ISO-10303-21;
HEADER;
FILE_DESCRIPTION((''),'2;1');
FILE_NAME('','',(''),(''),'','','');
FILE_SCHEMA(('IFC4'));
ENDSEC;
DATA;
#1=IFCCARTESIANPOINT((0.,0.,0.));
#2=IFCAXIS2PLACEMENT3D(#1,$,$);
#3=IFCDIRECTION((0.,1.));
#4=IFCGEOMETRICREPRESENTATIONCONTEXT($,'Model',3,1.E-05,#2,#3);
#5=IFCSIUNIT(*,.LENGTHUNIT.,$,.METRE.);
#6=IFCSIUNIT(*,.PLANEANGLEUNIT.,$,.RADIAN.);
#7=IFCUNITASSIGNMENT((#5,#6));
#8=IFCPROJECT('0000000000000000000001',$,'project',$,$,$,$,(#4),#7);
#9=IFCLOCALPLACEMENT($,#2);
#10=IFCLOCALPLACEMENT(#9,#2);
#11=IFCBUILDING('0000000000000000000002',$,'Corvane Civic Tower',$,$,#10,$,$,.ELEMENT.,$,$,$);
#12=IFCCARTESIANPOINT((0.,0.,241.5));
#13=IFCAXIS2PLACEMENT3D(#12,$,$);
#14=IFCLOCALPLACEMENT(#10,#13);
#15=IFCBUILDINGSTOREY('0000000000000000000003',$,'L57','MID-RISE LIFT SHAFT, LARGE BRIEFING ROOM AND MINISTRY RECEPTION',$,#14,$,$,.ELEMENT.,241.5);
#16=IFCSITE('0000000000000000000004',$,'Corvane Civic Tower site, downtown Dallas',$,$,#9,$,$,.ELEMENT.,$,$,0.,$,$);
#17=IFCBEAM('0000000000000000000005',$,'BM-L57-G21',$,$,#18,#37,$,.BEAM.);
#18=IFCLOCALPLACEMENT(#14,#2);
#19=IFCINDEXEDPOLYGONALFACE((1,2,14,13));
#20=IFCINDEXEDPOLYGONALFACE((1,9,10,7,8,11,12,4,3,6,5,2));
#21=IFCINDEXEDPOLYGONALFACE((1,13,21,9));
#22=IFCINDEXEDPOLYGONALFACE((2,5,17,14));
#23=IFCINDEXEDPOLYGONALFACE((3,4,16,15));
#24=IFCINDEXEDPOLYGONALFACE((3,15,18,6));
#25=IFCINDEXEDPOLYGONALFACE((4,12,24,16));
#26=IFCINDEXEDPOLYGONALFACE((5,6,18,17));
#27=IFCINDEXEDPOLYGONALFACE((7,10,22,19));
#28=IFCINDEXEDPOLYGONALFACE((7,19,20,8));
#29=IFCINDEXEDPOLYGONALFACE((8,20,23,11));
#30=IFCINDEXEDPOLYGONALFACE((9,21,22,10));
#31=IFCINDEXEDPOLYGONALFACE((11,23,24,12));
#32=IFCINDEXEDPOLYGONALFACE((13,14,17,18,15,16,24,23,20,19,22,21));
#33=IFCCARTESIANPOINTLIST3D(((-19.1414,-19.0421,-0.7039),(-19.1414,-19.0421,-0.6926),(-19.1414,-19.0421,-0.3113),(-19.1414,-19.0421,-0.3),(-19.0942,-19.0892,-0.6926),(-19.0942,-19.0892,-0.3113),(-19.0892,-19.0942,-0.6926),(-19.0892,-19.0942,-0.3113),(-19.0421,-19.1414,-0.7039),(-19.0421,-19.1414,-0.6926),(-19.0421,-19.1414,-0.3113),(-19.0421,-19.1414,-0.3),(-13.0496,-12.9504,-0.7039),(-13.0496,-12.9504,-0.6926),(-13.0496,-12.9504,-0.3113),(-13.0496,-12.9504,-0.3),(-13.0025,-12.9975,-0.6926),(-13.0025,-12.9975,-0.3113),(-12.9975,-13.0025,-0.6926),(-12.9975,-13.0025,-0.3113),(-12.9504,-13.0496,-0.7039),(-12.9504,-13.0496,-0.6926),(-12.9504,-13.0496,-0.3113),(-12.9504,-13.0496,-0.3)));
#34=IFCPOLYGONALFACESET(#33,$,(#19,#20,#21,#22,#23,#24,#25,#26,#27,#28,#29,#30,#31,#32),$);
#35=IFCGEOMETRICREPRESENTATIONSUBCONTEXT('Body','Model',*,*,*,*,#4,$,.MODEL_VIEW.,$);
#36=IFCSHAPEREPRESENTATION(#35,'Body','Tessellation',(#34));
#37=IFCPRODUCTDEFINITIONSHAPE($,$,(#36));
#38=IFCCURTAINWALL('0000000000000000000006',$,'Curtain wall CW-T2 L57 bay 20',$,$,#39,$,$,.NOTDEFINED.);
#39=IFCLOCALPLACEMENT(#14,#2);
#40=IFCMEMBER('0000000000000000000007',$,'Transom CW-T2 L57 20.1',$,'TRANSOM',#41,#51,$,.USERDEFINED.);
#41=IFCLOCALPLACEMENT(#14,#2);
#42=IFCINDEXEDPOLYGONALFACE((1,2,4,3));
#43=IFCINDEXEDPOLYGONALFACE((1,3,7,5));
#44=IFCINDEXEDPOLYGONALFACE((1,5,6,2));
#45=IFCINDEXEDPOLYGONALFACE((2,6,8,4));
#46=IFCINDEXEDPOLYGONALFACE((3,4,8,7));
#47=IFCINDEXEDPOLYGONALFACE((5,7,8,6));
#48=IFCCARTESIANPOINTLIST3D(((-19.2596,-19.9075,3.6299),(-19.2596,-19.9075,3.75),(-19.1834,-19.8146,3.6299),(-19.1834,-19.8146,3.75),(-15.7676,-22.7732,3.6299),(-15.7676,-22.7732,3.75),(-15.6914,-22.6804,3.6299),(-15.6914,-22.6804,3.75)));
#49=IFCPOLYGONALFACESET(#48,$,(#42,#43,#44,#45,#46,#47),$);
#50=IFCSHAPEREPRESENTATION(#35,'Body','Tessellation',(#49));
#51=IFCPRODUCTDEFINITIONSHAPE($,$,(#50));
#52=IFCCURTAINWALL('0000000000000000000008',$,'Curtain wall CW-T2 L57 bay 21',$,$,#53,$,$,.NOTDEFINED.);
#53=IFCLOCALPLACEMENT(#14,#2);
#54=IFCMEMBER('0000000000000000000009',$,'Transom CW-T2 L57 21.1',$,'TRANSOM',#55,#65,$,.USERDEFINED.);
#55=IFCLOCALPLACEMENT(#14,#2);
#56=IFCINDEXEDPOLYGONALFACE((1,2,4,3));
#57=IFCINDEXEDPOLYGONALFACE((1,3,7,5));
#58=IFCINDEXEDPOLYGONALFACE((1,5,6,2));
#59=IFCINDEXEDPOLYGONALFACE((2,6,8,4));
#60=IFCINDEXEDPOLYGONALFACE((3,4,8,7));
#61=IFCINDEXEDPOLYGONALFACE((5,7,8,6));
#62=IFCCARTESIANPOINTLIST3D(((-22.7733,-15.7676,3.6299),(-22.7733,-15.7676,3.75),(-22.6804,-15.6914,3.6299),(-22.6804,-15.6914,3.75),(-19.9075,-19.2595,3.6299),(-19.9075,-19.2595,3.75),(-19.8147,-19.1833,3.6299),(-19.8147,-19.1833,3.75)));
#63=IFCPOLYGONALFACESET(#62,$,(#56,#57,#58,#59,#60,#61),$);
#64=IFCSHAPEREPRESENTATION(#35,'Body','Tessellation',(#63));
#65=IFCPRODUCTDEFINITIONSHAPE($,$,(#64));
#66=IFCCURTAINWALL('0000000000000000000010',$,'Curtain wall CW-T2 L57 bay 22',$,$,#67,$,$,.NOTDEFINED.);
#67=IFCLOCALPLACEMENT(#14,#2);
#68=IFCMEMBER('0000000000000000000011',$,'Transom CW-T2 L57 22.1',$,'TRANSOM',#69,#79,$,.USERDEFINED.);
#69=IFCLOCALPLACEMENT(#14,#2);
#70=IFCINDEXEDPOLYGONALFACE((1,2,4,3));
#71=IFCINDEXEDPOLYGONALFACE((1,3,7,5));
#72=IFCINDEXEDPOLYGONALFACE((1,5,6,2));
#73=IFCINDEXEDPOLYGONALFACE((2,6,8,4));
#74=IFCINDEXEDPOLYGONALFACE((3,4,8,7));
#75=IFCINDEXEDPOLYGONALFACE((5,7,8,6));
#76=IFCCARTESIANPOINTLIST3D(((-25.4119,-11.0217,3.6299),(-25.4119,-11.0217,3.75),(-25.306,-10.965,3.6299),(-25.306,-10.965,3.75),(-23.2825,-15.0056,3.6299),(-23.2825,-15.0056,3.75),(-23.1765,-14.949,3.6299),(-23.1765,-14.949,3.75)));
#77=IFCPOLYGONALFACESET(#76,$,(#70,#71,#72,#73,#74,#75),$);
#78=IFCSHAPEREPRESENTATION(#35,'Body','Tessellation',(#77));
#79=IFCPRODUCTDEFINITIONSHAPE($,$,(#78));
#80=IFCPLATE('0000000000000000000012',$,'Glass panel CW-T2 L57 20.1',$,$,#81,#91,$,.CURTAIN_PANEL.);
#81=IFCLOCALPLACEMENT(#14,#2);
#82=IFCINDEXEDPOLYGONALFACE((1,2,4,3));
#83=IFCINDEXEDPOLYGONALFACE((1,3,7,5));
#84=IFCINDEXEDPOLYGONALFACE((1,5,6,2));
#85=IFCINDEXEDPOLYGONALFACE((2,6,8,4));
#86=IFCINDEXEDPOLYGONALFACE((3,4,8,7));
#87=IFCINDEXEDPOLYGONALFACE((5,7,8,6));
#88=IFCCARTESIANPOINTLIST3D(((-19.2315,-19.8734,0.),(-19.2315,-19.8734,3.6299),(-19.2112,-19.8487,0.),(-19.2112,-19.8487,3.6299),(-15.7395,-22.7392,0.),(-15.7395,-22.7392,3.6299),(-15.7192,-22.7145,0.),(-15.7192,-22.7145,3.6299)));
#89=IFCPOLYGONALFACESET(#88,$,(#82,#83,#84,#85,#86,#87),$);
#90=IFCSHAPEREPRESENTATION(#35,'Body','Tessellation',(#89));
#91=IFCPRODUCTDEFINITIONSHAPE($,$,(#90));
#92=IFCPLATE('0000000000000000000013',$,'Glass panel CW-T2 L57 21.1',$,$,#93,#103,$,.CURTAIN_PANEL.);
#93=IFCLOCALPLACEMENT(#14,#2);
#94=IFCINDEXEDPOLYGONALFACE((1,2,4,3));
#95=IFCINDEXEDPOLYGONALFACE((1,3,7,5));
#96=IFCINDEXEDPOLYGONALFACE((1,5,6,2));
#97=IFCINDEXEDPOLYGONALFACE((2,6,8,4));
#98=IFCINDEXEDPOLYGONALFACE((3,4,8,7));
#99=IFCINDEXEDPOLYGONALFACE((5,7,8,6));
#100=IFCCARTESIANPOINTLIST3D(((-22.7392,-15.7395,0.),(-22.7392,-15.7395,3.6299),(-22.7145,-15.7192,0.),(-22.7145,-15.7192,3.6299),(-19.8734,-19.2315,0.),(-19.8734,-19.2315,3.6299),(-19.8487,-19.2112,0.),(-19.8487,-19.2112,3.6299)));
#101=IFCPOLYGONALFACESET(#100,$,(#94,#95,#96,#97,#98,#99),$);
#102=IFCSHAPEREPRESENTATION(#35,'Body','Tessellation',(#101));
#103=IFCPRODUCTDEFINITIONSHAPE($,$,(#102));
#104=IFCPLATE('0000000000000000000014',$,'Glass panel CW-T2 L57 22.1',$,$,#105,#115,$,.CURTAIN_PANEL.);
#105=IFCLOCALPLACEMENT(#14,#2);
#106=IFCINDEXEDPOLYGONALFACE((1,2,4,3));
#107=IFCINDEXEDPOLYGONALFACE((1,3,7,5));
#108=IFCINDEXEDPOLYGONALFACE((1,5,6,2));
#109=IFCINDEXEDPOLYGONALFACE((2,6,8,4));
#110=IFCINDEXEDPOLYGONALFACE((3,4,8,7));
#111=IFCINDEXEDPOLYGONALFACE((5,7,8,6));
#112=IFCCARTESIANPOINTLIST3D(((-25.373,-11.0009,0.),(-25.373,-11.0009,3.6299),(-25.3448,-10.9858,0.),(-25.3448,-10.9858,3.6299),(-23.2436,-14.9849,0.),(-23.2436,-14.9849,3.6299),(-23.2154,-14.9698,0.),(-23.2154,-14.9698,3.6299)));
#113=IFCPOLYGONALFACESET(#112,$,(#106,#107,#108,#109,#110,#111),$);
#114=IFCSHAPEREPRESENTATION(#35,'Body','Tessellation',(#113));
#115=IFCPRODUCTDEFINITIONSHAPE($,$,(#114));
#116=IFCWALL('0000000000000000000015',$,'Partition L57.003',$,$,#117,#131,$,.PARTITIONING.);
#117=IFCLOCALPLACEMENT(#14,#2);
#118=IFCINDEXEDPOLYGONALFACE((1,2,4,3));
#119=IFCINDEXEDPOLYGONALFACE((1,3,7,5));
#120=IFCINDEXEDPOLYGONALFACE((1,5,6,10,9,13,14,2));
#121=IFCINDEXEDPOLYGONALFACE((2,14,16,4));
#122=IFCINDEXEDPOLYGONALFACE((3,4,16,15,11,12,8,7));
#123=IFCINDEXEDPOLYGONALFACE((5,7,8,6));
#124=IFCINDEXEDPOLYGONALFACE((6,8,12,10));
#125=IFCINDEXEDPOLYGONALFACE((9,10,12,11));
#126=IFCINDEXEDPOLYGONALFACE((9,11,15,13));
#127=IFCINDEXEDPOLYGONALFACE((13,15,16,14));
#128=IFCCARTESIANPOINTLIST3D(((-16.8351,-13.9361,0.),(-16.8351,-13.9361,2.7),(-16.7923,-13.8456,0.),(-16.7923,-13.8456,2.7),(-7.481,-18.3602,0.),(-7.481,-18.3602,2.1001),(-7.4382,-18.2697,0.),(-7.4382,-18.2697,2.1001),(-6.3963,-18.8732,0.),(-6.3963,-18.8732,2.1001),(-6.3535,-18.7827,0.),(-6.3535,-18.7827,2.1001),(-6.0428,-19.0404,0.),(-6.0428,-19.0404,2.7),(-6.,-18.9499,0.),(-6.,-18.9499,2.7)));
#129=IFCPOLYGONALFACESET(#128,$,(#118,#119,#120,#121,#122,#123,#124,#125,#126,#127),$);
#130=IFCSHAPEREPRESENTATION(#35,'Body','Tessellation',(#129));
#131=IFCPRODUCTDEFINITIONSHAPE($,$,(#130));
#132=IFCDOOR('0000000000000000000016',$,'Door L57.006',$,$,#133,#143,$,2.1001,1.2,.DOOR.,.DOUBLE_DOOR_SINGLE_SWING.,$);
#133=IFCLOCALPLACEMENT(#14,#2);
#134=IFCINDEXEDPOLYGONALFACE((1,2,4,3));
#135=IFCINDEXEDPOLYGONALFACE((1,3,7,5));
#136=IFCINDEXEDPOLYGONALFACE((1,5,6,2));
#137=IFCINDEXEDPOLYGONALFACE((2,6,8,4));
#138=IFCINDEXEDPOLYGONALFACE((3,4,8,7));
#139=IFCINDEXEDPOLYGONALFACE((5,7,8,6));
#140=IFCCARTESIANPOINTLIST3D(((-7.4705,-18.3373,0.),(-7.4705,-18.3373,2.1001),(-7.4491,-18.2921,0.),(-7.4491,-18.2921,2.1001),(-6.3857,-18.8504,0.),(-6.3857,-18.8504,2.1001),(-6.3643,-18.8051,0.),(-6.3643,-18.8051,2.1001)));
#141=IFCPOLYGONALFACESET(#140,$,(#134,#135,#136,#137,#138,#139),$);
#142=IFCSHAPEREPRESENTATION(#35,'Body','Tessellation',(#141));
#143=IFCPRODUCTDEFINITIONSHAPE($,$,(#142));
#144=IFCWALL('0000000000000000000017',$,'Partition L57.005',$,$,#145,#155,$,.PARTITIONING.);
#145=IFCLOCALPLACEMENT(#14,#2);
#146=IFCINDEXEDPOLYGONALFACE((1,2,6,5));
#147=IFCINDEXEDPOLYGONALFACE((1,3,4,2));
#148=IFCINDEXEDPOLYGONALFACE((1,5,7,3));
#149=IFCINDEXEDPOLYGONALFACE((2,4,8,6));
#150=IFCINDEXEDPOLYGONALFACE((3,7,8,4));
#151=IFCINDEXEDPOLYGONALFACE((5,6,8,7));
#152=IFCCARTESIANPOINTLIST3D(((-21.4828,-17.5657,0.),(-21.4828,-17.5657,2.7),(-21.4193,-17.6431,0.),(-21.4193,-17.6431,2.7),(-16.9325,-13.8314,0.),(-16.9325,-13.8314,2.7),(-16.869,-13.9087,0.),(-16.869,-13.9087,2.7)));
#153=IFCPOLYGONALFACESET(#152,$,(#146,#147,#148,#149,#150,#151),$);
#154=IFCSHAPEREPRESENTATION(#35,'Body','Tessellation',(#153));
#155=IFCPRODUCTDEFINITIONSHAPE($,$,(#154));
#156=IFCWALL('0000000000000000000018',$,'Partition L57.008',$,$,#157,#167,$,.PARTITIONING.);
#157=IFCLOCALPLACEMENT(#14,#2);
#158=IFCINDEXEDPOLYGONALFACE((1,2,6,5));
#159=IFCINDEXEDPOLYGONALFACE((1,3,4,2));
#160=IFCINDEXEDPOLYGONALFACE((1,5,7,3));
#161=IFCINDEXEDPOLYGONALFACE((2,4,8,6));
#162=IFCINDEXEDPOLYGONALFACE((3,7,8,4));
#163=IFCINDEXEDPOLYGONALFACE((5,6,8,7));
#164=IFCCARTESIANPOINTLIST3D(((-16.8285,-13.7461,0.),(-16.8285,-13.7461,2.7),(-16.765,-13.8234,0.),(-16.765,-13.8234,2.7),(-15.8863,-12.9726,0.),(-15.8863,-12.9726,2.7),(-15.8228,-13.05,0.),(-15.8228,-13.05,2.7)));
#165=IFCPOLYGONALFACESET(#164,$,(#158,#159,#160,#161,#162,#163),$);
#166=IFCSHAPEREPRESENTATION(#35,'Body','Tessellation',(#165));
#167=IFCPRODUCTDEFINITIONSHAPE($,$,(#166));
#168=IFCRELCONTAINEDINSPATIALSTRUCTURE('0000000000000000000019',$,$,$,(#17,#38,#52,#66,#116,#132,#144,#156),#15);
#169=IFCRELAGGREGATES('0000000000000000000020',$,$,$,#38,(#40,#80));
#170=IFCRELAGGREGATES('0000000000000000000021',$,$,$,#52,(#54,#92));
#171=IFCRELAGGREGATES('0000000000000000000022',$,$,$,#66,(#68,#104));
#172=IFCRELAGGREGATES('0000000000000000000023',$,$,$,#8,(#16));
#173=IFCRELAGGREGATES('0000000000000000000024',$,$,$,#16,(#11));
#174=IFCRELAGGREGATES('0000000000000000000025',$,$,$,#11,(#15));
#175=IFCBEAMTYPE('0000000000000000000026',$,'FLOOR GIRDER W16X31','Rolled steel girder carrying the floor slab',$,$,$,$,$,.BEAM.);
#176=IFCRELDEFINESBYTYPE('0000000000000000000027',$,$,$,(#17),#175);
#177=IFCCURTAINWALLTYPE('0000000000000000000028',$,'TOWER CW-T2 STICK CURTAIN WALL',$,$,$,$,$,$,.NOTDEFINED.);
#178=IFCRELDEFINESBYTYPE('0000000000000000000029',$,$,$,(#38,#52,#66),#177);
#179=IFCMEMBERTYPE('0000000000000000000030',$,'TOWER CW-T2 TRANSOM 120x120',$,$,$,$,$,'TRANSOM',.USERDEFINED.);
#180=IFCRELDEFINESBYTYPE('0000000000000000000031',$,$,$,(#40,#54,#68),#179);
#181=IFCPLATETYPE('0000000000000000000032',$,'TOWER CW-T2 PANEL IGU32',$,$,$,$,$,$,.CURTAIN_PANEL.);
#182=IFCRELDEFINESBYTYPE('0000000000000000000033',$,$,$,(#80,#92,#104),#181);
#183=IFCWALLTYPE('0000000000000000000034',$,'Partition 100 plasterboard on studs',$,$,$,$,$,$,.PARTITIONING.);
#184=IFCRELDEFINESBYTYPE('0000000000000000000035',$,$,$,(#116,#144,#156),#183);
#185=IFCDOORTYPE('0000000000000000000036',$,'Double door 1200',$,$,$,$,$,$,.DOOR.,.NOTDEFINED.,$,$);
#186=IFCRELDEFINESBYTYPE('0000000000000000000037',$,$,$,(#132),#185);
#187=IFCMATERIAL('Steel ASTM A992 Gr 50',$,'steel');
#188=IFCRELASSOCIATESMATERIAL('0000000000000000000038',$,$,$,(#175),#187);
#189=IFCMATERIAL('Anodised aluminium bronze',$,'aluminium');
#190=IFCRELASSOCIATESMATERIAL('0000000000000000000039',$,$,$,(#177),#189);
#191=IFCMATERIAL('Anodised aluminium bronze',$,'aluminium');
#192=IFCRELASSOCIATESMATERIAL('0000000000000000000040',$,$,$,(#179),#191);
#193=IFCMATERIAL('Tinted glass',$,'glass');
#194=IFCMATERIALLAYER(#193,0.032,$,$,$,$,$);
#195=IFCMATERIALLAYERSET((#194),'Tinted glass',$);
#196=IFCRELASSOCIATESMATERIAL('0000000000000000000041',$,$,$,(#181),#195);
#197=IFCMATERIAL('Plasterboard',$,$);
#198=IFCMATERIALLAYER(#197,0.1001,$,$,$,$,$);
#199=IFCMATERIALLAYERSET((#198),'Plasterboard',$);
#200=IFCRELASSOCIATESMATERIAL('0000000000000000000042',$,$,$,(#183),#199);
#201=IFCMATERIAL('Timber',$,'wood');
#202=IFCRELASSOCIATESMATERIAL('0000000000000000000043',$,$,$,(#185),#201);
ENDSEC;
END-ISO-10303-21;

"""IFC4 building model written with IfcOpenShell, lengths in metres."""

from ifc_helpers import new_model, si_unit, direction, frame, frame_2d, origin, origin_2d, place, context, subcontext, project, spatial, rectangle, i_section, extrude, material, layer, layer_set, material_profile, profile_set, type_object, element, fill, aggregate, save


model = new_model("IFC4")

# Units and contexts
model_context = context("Model", 3, precision=1e-05, world=origin(), true_north=direction((0.0, 1.0)))
body_context = subcontext(model_context, "Body", "Model", "MODEL_VIEW")
ifc_project = project(units=[si_unit("LENGTHUNIT", "METRE"), si_unit("PLANEANGLEUNIT", "RADIAN")], contexts=[model_context])

# Site, building, storey
site_placement = place(None, origin())
site = spatial("IfcSite", under=ifc_project, at=site_placement, Name="Corvane Civic Tower site, downtown Dallas", CompositionType="ELEMENT", RefElevation=0.0)
building_placement = place(site_placement, origin())
building = spatial("IfcBuilding", under=site, at=building_placement, Name="Corvane Civic Tower", CompositionType="ELEMENT")
storey_placement = place(building_placement, frame((0.0, 0.0, 241.5)))
storey = spatial("IfcBuildingStorey", under=building, at=storey_placement, Name="L57", Description="MID-RISE LIFT SHAFT, LARGE BRIEFING ROOM AND MINISTRY RECEPTION", CompositionType="ELEMENT", Elevation=241.5)

# Beam
ifc_material_1 = material(Name="Steel ASTM A992 Gr 50", Category="steel")
ifc_material_profile_1 = material_profile(ifc_material_1, i_section(OverallWidth=0.1404, OverallDepth=0.4038, WebThickness=0.0071, FlangeThickness=0.0112, at=origin_2d()), Name="W16X31")
ifc_profile_set_1 = profile_set([ifc_material_profile_1], Name="Steel ASTM A992 Gr 50")
beam_type_1 = type_object("IfcBeamType", Name="FLOOR GIRDER W16X31", Description="Rolled steel girder carrying the floor slab", PredefinedType="BEAM", material=ifc_profile_set_1)
beam_placement = place(storey_placement, frame((-13.0, -13.0, -0.502), z_axis=(-0.707107, -0.707107, 0.0), x_axis=(0.707107, -0.707107, 0.0)))
element("IfcBeam", 1, at=beam_placement, inside=storey, type_object=beam_type_1, Name="BM-L57-G21", PredefinedType="BEAM", context=body_context, shape_type="SweptSolid", body=[
    extrude(i_section(OverallWidth=0.1404, OverallDepth=0.4038, WebThickness=0.0071, FlangeThickness=0.0112, at=origin_2d()), origin(), (0.0, 0.0, 1.0), 8.615),
])

# Curtain walls, members
ifc_material_2 = material(Name="Anodised aluminium bronze", Category="aluminium")
curtain_wall_type = type_object("IfcCurtainWallType", Name="TOWER CW-T2 STICK CURTAIN WALL", PredefinedType="NOTDEFINED", material=ifc_material_2)
curtain_wall_1_placement = place(storey_placement, origin())
curtain_wall_1 = element("IfcCurtainWall", 2, at=curtain_wall_1_placement, inside=storey, type_object=curtain_wall_type, Name="Curtain wall CW-T2 L57 bay 20", PredefinedType="NOTDEFINED")
ifc_material_3 = material(Name="Anodised aluminium bronze", Category="aluminium")
ifc_material_profile_2 = material_profile(ifc_material_3, rectangle(XDim=0.1201, YDim=0.1201, at=origin_2d()), Name="TOWER CW-T2 TRANSOM 120x120")
ifc_profile_set_2 = profile_set([ifc_material_profile_2], Name="Anodised aluminium bronze")
member_type = type_object("IfcMemberType", Name="TOWER CW-T2 TRANSOM 120x120", ElementType="TRANSOM", PredefinedType="USERDEFINED", material=ifc_profile_set_2)
member_1_placement = place(storey_placement, frame((-15.7295, -22.7268, 3.6899), z_axis=(-0.773015, 0.634388, 0.0), x_axis=(-0.634388, -0.773015, 0.0)))
member_1 = element("IfcMember", 3, at=member_1_placement, type_object=member_type, Name="Transom CW-T2 L57 20.1", ObjectType="TRANSOM", PredefinedType="USERDEFINED", context=body_context, shape_type="SweptSolid", body=[
    extrude(rectangle(XDim=0.1201, YDim=0.1201, at=origin_2d()), origin(), (0.0, 0.0, 1.0), 4.5173),
])
curtain_wall_2_placement = place(storey_placement, origin())
curtain_wall_2 = element("IfcCurtainWall", 4, at=curtain_wall_2_placement, inside=storey, type_object=curtain_wall_type, Name="Curtain wall CW-T2 L57 bay 21", PredefinedType="NOTDEFINED")
member_2_placement = place(storey_placement, frame((-19.8611, -19.2214, 3.6899), z_axis=(-0.634388, 0.773015, 0.0), x_axis=(-0.773015, -0.634388, 0.0)))
member_2 = element("IfcMember", 5, at=member_2_placement, type_object=member_type, Name="Transom CW-T2 L57 21.1", ObjectType="TRANSOM", PredefinedType="USERDEFINED", context=body_context, shape_type="SweptSolid", body=[
    extrude(rectangle(XDim=0.1201, YDim=0.1201, at=origin_2d()), origin(), (0.0, 0.0, 1.0), 4.5173),
])
curtain_wall_3_placement = place(storey_placement, origin())
curtain_wall_3 = element("IfcCurtainWall", 6, at=curtain_wall_3_placement, inside=storey, type_object=curtain_wall_type, Name="Curtain wall CW-T2 L57 bay 22", PredefinedType="NOTDEFINED")
member_3_placement = place(storey_placement, frame((-23.2295, -14.9773, 3.6899), z_axis=(-0.47139, 0.881925, 0.0), x_axis=(-0.881925, -0.47139, 0.0)))
member_3 = element("IfcMember", 7, at=member_3_placement, type_object=member_type, Name="Transom CW-T2 L57 22.1", ObjectType="TRANSOM", PredefinedType="USERDEFINED", context=body_context, shape_type="SweptSolid", body=[
    extrude(rectangle(XDim=0.1201, YDim=0.1201, at=origin_2d()), origin(), (0.0, 0.0, 1.0), 4.5173),
])

# Plates
ifc_material_4 = material(Name="Tinted glass", Category="glass")
ifc_layer_1 = layer(ifc_material_4, 0.032)
ifc_layer_set_1 = layer_set([ifc_layer_1], Name="Tinted glass")
plate_type = type_object("IfcPlateType", Name="TOWER CW-T2 PANEL IGU32", PredefinedType="CURTAIN_PANEL", material=ifc_layer_set_1)
plate_1_placement = place(storey_placement, frame((-17.4753, -21.2939, 0.0), z_axis=(0.0, 0.0, 1.0), x_axis=(-0.773012, 0.634391, 0.0)))
plate_1 = element("IfcPlate", 8, at=plate_1_placement, type_object=plate_type, Name="Glass panel CW-T2 L57 20.1", PredefinedType="CURTAIN_PANEL", context=body_context, shape_type="SweptSolid", body=[
    extrude(rectangle(XDim=4.5173, YDim=0.032, at=origin_2d()), origin(), (0.0, 0.0, 1.0), 3.6299),
])
aggregate(curtain_wall_1, [member_1, plate_1])
plate_2_placement = place(storey_placement, frame((-21.2939, -17.4753, 0.0), z_axis=(0.0, 0.0, 1.0), x_axis=(-0.634391, 0.773012, 0.0)))
plate_2 = element("IfcPlate", 9, at=plate_2_placement, type_object=plate_type, Name="Glass panel CW-T2 L57 21.1", PredefinedType="CURTAIN_PANEL", context=body_context, shape_type="SweptSolid", body=[
    extrude(rectangle(XDim=4.5173, YDim=0.032, at=origin_2d()), origin(), (0.0, 0.0, 1.0), 3.6299),
])
aggregate(curtain_wall_2, [member_2, plate_2])
plate_3_placement = place(storey_placement, frame((-24.2942, -12.9854, 0.0), z_axis=(0.0, 0.0, 1.0), x_axis=(-0.471398, 0.88192, 0.0)))
plate_3 = element("IfcPlate", 10, at=plate_3_placement, type_object=plate_type, Name="Glass panel CW-T2 L57 22.1", PredefinedType="CURTAIN_PANEL", context=body_context, shape_type="SweptSolid", body=[
    extrude(rectangle(XDim=4.5173, YDim=0.032, at=origin_2d()), origin(), (0.0, 0.0, 1.0), 3.6299),
])
aggregate(curtain_wall_3, [member_3, plate_3])

# Wall, opening, door
ifc_material_5 = material(Name="Plasterboard")
ifc_layer_2 = layer(ifc_material_5, 0.1001)
ifc_layer_set_2 = layer_set([ifc_layer_2], Name="Plasterboard")
wall_type_1 = type_object("IfcWallType", Name="Partition 100 plasterboard on studs", PredefinedType="PARTITIONING", material=ifc_layer_set_2)
wall_1_placement = place(storey_placement, frame((-16.8137, -13.8909, 0.0), z_axis=(0.0, 0.0, 1.0), x_axis=(0.903993, -0.427548, 0.0)))
wall_1 = element("IfcWall", 11, at=wall_1_placement, inside=storey, type_object=wall_type_1, Name="Partition L57.003", PredefinedType="PARTITIONING", context=body_context, shape_type="SweptSolid", body=[
    extrude(rectangle(XDim=11.9385, YDim=0.1001, at=frame_2d((5.9692, 0.0))), origin(), (0.0, 0.0, 1.0), 2.7),
])
opening_1_placement = place(wall_1_placement, frame((10.3474, 0.0, 0.0)))
opening_1 = element("IfcOpeningElement", 12, at=opening_1_placement, cuts=wall_1, PredefinedType="OPENING", context=body_context, shape_type="SweptSolid", body=[
    extrude(rectangle(XDim=1.2, YDim=2.1001, at=frame_2d((0.6001, 1.05))), frame((0.0, 0.0601, 0.0), z_axis=(0.0, -1.0, 0.0), x_axis=(1.0, 0.0, 0.0)), (0.0, 0.0, 1.0), 0.1201),
])
ifc_material_6 = material(Name="Timber", Category="wood")
door_type_1 = type_object("IfcDoorType", Name="Double door 1200", OperationType="NOTDEFINED", PredefinedType="DOOR", material=ifc_material_6)
door_1_placement = place(opening_1_placement, frame((1.2, 0.0, 0.0), z_axis=(0.0, 0.0, 1.0), x_axis=(-1.0, 0.0, 0.0)))
door_1 = element("IfcDoor", 13, at=door_1_placement, inside=storey, type_object=door_type_1, Name="Door L57.006", OperationType="DOUBLE_DOOR_SINGLE_SWING", OverallHeight=2.1001, OverallWidth=1.2, PredefinedType="DOOR", context=body_context, shape_type="SweptSolid", body=[
    extrude(rectangle(XDim=1.2, YDim=2.1001, at=frame_2d((0.6001, 1.05))), frame((0.0, 0.0249, 0.0), z_axis=(0.0, -1.0, 0.0), x_axis=(1.0, 0.0, 0.0)), (0.0, 0.0, 1.0), 0.05),
])
fill(opening_1, door_1)

# Walls
wall_2_placement = place(storey_placement, frame((-21.4512, -17.6045, 0.0), z_axis=(0.0, 0.0, 1.0), x_axis=(0.773007, 0.634398, 0.0)))
element("IfcWall", 14, at=wall_2_placement, inside=storey, type_object=wall_type_1, Name="Partition L57.005", PredefinedType="PARTITIONING", context=body_context, shape_type="SweptSolid", body=[
    extrude(rectangle(XDim=5.8865, YDim=0.1001, at=frame_2d((2.9434, 0.0))), origin(), (0.0, 0.0, 1.0), 2.7),
])
wall_3_placement = place(storey_placement, frame((-16.7966, -13.7847, 0.0), z_axis=(0.0, 0.0, 1.0), x_axis=(0.772912, 0.634513, 0.0)))
element("IfcWall", 15, at=wall_3_placement, inside=storey, type_object=wall_type_1, Name="Partition L57.008", PredefinedType="PARTITIONING", context=body_context, shape_type="SweptSolid", body=[
    extrude(rectangle(XDim=1.219, YDim=0.1001, at=frame_2d((0.6094, 0.0))), origin(), (0.0, 0.0, 1.0), 2.7),
])

save(model, "model.ifc")
